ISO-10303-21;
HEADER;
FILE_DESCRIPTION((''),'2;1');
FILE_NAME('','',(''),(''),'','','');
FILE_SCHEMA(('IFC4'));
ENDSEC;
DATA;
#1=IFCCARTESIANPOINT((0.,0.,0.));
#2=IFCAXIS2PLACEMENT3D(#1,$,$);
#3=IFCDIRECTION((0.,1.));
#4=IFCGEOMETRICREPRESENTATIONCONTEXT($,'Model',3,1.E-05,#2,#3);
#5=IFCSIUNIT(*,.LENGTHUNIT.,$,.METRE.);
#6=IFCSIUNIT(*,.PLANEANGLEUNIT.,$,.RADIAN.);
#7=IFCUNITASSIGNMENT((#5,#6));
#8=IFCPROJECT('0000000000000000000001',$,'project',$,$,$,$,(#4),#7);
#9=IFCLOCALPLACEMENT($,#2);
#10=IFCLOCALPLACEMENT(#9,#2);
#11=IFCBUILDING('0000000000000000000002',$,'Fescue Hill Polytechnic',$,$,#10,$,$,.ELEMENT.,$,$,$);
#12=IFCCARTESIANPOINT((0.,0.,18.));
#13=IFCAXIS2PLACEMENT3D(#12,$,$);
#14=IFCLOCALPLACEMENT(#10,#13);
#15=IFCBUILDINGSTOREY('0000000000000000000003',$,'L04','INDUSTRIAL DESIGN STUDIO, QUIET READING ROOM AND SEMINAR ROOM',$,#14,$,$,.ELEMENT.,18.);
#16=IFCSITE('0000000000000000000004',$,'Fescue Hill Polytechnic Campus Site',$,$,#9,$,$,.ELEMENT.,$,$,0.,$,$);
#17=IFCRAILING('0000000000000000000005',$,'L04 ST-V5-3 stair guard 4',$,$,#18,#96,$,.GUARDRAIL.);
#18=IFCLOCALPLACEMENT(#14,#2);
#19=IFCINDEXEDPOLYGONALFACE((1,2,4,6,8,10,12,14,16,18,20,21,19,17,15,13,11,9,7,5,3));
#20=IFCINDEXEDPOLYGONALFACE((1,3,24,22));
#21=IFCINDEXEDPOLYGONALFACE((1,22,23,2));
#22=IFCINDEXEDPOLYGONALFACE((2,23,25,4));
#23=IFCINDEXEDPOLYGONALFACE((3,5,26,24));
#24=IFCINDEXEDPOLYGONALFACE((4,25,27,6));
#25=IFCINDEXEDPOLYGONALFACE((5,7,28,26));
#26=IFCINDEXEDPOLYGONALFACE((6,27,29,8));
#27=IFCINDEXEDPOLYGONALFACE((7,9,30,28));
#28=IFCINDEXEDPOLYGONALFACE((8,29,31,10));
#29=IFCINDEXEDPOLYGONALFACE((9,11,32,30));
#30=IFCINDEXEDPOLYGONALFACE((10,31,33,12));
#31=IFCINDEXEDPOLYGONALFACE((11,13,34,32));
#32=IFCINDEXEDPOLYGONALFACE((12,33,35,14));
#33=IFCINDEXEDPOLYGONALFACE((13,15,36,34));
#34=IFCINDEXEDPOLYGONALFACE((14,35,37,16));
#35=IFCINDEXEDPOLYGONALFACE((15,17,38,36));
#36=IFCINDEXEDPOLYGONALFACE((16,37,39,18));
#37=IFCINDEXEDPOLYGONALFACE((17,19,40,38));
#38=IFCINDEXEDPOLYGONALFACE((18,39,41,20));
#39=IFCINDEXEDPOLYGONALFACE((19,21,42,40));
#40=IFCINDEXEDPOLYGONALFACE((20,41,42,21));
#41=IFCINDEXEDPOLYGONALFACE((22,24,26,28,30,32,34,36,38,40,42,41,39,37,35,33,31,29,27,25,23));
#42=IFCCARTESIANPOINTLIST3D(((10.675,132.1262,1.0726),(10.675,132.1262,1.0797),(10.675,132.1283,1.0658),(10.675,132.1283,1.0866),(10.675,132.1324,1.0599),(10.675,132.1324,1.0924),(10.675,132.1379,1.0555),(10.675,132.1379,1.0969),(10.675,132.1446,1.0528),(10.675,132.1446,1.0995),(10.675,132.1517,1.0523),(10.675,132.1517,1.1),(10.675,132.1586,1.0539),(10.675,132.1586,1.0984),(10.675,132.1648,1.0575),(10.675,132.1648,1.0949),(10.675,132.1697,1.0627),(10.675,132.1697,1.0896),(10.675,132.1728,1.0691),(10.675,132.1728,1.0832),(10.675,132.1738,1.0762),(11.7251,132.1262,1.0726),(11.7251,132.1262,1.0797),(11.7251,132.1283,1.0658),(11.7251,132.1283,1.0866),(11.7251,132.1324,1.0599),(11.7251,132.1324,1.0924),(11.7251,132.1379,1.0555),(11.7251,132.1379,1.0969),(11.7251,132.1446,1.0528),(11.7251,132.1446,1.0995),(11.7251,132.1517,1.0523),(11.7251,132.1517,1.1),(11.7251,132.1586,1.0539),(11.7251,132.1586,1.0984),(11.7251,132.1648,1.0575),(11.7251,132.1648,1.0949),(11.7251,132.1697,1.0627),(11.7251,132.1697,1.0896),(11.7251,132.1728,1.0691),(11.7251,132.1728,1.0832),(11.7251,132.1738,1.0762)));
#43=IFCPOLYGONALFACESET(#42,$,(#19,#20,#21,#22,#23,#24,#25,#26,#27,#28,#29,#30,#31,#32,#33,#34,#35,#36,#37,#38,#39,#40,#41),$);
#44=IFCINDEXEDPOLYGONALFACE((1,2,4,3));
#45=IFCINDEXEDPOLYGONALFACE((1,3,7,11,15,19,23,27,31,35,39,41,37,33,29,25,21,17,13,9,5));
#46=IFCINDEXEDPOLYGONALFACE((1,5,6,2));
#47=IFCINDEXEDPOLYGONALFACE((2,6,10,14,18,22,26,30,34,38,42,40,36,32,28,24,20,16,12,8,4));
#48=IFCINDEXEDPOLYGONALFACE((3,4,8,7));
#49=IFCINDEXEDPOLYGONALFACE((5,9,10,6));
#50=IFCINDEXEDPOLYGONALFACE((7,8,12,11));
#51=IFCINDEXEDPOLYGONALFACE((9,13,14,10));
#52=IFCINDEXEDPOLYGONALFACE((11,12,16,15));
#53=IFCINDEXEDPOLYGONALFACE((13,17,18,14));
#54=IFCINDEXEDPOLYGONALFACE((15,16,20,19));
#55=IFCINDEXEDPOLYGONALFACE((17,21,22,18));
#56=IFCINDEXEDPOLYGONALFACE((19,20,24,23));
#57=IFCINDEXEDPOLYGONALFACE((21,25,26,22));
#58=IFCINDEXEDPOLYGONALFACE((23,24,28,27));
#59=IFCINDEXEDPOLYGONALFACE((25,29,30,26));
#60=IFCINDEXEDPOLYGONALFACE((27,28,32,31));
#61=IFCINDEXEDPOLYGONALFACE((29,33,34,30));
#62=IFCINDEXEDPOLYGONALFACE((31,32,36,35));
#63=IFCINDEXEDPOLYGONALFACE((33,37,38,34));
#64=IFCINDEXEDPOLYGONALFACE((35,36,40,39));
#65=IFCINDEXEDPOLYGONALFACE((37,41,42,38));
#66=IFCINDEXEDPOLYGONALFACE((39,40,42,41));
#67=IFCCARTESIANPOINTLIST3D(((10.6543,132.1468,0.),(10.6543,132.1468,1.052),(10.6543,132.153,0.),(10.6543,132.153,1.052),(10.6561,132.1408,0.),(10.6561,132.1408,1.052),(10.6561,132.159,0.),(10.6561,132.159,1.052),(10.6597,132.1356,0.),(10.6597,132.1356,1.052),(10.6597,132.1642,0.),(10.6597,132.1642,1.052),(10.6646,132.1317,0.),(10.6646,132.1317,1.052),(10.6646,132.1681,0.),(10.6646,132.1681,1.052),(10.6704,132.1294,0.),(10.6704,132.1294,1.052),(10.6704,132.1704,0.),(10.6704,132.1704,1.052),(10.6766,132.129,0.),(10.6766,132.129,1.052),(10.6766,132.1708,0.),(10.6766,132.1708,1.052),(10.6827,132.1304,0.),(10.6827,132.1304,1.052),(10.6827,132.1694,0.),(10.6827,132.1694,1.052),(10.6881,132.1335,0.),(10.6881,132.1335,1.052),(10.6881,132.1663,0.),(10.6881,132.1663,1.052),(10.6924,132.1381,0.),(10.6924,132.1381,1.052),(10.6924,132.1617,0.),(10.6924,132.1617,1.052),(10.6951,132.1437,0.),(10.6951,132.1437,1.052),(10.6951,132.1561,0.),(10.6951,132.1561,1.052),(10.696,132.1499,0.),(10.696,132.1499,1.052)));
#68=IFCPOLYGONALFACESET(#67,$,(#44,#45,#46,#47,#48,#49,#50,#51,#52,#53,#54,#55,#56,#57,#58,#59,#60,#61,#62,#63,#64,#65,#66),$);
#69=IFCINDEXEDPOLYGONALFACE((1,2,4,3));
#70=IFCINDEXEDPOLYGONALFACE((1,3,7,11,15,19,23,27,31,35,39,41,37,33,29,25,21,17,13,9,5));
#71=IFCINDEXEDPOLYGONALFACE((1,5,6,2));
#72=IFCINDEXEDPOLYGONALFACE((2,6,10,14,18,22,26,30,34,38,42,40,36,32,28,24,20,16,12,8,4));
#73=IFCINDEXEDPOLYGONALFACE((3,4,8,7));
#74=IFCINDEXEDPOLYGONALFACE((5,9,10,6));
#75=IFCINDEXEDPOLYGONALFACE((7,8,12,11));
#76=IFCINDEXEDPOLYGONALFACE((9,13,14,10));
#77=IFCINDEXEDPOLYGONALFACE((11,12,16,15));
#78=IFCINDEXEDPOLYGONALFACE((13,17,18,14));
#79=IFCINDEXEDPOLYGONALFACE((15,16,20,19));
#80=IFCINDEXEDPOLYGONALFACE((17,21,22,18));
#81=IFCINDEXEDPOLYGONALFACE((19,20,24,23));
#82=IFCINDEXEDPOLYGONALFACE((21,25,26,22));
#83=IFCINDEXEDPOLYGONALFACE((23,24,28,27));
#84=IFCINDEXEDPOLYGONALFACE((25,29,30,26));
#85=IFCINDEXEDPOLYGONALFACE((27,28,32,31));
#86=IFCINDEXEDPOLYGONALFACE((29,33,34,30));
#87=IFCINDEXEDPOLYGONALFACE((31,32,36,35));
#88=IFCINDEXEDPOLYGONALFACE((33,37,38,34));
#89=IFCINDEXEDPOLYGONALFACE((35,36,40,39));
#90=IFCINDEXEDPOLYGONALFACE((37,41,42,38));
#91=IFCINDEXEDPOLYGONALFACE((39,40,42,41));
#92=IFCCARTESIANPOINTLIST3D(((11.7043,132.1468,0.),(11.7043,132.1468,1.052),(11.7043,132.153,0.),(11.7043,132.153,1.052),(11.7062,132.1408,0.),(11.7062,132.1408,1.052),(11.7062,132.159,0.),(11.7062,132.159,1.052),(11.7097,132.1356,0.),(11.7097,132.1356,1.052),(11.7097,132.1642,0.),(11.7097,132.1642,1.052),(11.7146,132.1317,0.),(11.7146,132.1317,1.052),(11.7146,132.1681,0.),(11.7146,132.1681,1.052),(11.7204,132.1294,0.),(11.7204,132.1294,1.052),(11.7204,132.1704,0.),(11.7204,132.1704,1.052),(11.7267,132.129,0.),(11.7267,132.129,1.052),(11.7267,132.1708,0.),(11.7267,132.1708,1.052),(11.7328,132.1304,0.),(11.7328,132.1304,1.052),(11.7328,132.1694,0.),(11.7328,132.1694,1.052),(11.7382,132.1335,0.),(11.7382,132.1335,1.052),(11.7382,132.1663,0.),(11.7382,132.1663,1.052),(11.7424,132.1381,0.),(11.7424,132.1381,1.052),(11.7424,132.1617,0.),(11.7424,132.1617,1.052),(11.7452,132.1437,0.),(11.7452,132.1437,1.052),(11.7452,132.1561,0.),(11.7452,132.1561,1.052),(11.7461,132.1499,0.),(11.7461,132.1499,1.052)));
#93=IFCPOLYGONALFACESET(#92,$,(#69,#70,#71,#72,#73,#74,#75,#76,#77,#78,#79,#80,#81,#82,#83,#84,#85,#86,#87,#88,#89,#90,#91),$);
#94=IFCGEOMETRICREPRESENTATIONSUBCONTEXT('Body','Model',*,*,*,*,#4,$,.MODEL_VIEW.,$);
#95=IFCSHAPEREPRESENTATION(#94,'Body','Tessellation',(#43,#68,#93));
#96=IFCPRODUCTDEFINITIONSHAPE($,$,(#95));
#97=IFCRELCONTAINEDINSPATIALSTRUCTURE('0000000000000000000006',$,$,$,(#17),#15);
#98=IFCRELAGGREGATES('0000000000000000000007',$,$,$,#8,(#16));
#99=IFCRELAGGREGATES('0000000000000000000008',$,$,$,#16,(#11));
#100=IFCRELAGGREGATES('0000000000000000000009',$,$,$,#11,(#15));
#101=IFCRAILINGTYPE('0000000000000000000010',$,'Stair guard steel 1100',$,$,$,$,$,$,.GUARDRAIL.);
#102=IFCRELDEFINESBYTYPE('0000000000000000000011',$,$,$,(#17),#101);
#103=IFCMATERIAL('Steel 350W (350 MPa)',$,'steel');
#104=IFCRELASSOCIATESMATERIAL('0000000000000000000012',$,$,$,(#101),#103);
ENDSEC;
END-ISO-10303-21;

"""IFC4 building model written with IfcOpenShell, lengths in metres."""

from ifc_helpers import new_model, si_unit, direction, frame, origin, origin_2d, place, context, subcontext, project, spatial, circle, extrude, material, type_object, element, save


model = new_model("IFC4")

# Units and contexts
model_context = context("Model", 3, precision=1e-05, world=origin(), true_north=direction((0.0, 1.0)))
body_context = subcontext(model_context, "Body", "Model", "MODEL_VIEW")
ifc_project = project(units=[si_unit("LENGTHUNIT", "METRE"), si_unit("PLANEANGLEUNIT", "RADIAN")], contexts=[model_context])

# Site, building, storey
site_placement = place(None, origin())
site = spatial("IfcSite", under=ifc_project, at=site_placement, Name="Fescue Hill Polytechnic Campus Site", CompositionType="ELEMENT", RefElevation=0.0)
building_placement = place(site_placement, origin())
building = spatial("IfcBuilding", under=site, at=building_placement, Name="Fescue Hill Polytechnic", CompositionType="ELEMENT")
storey_placement = place(building_placement, frame((0.0, 0.0, 18.0)))
storey = spatial("IfcBuildingStorey", under=building, at=storey_placement, Name="L04", Description="INDUSTRIAL DESIGN STUDIO, QUIET READING ROOM AND SEMINAR ROOM", CompositionType="ELEMENT", Elevation=18.0)

# Railing
ifc_material_1 = material(Name="Steel 350W (350 MPa)", Category="steel")
railing_type_1 = type_object("IfcRailingType", Name="Stair guard steel 1100", PredefinedType="GUARDRAIL", material=ifc_material_1)
railing_1_placement = place(storey_placement, frame((10.675, 132.1499, 0.0)))
element("IfcRailing", 1, at=railing_1_placement, inside=storey, type_object=railing_type_1, Name="L04 ST-V5-3 stair guard 4", PredefinedType="GUARDRAIL", context=body_context, shape_type="SweptSolid", body=[
    extrude(circle(Radius=0.0239, at=origin_2d()), frame((0.0, 0.0, 1.0762), z_axis=(1.0, 0.0, 0.0), x_axis=(0.0, 1.0, 0.0)), (0.0, 0.0, 1.0), 1.05),
    extrude(circle(Radius=0.021, at=origin_2d()), origin(), (0.0, 0.0, 1.0), 1.052),
    extrude(circle(Radius=0.021, at=origin_2d()), frame((1.05, 0.0, 0.0)), (0.0, 0.0, 1.0), 1.052),
])

save(model, "model.ifc")
